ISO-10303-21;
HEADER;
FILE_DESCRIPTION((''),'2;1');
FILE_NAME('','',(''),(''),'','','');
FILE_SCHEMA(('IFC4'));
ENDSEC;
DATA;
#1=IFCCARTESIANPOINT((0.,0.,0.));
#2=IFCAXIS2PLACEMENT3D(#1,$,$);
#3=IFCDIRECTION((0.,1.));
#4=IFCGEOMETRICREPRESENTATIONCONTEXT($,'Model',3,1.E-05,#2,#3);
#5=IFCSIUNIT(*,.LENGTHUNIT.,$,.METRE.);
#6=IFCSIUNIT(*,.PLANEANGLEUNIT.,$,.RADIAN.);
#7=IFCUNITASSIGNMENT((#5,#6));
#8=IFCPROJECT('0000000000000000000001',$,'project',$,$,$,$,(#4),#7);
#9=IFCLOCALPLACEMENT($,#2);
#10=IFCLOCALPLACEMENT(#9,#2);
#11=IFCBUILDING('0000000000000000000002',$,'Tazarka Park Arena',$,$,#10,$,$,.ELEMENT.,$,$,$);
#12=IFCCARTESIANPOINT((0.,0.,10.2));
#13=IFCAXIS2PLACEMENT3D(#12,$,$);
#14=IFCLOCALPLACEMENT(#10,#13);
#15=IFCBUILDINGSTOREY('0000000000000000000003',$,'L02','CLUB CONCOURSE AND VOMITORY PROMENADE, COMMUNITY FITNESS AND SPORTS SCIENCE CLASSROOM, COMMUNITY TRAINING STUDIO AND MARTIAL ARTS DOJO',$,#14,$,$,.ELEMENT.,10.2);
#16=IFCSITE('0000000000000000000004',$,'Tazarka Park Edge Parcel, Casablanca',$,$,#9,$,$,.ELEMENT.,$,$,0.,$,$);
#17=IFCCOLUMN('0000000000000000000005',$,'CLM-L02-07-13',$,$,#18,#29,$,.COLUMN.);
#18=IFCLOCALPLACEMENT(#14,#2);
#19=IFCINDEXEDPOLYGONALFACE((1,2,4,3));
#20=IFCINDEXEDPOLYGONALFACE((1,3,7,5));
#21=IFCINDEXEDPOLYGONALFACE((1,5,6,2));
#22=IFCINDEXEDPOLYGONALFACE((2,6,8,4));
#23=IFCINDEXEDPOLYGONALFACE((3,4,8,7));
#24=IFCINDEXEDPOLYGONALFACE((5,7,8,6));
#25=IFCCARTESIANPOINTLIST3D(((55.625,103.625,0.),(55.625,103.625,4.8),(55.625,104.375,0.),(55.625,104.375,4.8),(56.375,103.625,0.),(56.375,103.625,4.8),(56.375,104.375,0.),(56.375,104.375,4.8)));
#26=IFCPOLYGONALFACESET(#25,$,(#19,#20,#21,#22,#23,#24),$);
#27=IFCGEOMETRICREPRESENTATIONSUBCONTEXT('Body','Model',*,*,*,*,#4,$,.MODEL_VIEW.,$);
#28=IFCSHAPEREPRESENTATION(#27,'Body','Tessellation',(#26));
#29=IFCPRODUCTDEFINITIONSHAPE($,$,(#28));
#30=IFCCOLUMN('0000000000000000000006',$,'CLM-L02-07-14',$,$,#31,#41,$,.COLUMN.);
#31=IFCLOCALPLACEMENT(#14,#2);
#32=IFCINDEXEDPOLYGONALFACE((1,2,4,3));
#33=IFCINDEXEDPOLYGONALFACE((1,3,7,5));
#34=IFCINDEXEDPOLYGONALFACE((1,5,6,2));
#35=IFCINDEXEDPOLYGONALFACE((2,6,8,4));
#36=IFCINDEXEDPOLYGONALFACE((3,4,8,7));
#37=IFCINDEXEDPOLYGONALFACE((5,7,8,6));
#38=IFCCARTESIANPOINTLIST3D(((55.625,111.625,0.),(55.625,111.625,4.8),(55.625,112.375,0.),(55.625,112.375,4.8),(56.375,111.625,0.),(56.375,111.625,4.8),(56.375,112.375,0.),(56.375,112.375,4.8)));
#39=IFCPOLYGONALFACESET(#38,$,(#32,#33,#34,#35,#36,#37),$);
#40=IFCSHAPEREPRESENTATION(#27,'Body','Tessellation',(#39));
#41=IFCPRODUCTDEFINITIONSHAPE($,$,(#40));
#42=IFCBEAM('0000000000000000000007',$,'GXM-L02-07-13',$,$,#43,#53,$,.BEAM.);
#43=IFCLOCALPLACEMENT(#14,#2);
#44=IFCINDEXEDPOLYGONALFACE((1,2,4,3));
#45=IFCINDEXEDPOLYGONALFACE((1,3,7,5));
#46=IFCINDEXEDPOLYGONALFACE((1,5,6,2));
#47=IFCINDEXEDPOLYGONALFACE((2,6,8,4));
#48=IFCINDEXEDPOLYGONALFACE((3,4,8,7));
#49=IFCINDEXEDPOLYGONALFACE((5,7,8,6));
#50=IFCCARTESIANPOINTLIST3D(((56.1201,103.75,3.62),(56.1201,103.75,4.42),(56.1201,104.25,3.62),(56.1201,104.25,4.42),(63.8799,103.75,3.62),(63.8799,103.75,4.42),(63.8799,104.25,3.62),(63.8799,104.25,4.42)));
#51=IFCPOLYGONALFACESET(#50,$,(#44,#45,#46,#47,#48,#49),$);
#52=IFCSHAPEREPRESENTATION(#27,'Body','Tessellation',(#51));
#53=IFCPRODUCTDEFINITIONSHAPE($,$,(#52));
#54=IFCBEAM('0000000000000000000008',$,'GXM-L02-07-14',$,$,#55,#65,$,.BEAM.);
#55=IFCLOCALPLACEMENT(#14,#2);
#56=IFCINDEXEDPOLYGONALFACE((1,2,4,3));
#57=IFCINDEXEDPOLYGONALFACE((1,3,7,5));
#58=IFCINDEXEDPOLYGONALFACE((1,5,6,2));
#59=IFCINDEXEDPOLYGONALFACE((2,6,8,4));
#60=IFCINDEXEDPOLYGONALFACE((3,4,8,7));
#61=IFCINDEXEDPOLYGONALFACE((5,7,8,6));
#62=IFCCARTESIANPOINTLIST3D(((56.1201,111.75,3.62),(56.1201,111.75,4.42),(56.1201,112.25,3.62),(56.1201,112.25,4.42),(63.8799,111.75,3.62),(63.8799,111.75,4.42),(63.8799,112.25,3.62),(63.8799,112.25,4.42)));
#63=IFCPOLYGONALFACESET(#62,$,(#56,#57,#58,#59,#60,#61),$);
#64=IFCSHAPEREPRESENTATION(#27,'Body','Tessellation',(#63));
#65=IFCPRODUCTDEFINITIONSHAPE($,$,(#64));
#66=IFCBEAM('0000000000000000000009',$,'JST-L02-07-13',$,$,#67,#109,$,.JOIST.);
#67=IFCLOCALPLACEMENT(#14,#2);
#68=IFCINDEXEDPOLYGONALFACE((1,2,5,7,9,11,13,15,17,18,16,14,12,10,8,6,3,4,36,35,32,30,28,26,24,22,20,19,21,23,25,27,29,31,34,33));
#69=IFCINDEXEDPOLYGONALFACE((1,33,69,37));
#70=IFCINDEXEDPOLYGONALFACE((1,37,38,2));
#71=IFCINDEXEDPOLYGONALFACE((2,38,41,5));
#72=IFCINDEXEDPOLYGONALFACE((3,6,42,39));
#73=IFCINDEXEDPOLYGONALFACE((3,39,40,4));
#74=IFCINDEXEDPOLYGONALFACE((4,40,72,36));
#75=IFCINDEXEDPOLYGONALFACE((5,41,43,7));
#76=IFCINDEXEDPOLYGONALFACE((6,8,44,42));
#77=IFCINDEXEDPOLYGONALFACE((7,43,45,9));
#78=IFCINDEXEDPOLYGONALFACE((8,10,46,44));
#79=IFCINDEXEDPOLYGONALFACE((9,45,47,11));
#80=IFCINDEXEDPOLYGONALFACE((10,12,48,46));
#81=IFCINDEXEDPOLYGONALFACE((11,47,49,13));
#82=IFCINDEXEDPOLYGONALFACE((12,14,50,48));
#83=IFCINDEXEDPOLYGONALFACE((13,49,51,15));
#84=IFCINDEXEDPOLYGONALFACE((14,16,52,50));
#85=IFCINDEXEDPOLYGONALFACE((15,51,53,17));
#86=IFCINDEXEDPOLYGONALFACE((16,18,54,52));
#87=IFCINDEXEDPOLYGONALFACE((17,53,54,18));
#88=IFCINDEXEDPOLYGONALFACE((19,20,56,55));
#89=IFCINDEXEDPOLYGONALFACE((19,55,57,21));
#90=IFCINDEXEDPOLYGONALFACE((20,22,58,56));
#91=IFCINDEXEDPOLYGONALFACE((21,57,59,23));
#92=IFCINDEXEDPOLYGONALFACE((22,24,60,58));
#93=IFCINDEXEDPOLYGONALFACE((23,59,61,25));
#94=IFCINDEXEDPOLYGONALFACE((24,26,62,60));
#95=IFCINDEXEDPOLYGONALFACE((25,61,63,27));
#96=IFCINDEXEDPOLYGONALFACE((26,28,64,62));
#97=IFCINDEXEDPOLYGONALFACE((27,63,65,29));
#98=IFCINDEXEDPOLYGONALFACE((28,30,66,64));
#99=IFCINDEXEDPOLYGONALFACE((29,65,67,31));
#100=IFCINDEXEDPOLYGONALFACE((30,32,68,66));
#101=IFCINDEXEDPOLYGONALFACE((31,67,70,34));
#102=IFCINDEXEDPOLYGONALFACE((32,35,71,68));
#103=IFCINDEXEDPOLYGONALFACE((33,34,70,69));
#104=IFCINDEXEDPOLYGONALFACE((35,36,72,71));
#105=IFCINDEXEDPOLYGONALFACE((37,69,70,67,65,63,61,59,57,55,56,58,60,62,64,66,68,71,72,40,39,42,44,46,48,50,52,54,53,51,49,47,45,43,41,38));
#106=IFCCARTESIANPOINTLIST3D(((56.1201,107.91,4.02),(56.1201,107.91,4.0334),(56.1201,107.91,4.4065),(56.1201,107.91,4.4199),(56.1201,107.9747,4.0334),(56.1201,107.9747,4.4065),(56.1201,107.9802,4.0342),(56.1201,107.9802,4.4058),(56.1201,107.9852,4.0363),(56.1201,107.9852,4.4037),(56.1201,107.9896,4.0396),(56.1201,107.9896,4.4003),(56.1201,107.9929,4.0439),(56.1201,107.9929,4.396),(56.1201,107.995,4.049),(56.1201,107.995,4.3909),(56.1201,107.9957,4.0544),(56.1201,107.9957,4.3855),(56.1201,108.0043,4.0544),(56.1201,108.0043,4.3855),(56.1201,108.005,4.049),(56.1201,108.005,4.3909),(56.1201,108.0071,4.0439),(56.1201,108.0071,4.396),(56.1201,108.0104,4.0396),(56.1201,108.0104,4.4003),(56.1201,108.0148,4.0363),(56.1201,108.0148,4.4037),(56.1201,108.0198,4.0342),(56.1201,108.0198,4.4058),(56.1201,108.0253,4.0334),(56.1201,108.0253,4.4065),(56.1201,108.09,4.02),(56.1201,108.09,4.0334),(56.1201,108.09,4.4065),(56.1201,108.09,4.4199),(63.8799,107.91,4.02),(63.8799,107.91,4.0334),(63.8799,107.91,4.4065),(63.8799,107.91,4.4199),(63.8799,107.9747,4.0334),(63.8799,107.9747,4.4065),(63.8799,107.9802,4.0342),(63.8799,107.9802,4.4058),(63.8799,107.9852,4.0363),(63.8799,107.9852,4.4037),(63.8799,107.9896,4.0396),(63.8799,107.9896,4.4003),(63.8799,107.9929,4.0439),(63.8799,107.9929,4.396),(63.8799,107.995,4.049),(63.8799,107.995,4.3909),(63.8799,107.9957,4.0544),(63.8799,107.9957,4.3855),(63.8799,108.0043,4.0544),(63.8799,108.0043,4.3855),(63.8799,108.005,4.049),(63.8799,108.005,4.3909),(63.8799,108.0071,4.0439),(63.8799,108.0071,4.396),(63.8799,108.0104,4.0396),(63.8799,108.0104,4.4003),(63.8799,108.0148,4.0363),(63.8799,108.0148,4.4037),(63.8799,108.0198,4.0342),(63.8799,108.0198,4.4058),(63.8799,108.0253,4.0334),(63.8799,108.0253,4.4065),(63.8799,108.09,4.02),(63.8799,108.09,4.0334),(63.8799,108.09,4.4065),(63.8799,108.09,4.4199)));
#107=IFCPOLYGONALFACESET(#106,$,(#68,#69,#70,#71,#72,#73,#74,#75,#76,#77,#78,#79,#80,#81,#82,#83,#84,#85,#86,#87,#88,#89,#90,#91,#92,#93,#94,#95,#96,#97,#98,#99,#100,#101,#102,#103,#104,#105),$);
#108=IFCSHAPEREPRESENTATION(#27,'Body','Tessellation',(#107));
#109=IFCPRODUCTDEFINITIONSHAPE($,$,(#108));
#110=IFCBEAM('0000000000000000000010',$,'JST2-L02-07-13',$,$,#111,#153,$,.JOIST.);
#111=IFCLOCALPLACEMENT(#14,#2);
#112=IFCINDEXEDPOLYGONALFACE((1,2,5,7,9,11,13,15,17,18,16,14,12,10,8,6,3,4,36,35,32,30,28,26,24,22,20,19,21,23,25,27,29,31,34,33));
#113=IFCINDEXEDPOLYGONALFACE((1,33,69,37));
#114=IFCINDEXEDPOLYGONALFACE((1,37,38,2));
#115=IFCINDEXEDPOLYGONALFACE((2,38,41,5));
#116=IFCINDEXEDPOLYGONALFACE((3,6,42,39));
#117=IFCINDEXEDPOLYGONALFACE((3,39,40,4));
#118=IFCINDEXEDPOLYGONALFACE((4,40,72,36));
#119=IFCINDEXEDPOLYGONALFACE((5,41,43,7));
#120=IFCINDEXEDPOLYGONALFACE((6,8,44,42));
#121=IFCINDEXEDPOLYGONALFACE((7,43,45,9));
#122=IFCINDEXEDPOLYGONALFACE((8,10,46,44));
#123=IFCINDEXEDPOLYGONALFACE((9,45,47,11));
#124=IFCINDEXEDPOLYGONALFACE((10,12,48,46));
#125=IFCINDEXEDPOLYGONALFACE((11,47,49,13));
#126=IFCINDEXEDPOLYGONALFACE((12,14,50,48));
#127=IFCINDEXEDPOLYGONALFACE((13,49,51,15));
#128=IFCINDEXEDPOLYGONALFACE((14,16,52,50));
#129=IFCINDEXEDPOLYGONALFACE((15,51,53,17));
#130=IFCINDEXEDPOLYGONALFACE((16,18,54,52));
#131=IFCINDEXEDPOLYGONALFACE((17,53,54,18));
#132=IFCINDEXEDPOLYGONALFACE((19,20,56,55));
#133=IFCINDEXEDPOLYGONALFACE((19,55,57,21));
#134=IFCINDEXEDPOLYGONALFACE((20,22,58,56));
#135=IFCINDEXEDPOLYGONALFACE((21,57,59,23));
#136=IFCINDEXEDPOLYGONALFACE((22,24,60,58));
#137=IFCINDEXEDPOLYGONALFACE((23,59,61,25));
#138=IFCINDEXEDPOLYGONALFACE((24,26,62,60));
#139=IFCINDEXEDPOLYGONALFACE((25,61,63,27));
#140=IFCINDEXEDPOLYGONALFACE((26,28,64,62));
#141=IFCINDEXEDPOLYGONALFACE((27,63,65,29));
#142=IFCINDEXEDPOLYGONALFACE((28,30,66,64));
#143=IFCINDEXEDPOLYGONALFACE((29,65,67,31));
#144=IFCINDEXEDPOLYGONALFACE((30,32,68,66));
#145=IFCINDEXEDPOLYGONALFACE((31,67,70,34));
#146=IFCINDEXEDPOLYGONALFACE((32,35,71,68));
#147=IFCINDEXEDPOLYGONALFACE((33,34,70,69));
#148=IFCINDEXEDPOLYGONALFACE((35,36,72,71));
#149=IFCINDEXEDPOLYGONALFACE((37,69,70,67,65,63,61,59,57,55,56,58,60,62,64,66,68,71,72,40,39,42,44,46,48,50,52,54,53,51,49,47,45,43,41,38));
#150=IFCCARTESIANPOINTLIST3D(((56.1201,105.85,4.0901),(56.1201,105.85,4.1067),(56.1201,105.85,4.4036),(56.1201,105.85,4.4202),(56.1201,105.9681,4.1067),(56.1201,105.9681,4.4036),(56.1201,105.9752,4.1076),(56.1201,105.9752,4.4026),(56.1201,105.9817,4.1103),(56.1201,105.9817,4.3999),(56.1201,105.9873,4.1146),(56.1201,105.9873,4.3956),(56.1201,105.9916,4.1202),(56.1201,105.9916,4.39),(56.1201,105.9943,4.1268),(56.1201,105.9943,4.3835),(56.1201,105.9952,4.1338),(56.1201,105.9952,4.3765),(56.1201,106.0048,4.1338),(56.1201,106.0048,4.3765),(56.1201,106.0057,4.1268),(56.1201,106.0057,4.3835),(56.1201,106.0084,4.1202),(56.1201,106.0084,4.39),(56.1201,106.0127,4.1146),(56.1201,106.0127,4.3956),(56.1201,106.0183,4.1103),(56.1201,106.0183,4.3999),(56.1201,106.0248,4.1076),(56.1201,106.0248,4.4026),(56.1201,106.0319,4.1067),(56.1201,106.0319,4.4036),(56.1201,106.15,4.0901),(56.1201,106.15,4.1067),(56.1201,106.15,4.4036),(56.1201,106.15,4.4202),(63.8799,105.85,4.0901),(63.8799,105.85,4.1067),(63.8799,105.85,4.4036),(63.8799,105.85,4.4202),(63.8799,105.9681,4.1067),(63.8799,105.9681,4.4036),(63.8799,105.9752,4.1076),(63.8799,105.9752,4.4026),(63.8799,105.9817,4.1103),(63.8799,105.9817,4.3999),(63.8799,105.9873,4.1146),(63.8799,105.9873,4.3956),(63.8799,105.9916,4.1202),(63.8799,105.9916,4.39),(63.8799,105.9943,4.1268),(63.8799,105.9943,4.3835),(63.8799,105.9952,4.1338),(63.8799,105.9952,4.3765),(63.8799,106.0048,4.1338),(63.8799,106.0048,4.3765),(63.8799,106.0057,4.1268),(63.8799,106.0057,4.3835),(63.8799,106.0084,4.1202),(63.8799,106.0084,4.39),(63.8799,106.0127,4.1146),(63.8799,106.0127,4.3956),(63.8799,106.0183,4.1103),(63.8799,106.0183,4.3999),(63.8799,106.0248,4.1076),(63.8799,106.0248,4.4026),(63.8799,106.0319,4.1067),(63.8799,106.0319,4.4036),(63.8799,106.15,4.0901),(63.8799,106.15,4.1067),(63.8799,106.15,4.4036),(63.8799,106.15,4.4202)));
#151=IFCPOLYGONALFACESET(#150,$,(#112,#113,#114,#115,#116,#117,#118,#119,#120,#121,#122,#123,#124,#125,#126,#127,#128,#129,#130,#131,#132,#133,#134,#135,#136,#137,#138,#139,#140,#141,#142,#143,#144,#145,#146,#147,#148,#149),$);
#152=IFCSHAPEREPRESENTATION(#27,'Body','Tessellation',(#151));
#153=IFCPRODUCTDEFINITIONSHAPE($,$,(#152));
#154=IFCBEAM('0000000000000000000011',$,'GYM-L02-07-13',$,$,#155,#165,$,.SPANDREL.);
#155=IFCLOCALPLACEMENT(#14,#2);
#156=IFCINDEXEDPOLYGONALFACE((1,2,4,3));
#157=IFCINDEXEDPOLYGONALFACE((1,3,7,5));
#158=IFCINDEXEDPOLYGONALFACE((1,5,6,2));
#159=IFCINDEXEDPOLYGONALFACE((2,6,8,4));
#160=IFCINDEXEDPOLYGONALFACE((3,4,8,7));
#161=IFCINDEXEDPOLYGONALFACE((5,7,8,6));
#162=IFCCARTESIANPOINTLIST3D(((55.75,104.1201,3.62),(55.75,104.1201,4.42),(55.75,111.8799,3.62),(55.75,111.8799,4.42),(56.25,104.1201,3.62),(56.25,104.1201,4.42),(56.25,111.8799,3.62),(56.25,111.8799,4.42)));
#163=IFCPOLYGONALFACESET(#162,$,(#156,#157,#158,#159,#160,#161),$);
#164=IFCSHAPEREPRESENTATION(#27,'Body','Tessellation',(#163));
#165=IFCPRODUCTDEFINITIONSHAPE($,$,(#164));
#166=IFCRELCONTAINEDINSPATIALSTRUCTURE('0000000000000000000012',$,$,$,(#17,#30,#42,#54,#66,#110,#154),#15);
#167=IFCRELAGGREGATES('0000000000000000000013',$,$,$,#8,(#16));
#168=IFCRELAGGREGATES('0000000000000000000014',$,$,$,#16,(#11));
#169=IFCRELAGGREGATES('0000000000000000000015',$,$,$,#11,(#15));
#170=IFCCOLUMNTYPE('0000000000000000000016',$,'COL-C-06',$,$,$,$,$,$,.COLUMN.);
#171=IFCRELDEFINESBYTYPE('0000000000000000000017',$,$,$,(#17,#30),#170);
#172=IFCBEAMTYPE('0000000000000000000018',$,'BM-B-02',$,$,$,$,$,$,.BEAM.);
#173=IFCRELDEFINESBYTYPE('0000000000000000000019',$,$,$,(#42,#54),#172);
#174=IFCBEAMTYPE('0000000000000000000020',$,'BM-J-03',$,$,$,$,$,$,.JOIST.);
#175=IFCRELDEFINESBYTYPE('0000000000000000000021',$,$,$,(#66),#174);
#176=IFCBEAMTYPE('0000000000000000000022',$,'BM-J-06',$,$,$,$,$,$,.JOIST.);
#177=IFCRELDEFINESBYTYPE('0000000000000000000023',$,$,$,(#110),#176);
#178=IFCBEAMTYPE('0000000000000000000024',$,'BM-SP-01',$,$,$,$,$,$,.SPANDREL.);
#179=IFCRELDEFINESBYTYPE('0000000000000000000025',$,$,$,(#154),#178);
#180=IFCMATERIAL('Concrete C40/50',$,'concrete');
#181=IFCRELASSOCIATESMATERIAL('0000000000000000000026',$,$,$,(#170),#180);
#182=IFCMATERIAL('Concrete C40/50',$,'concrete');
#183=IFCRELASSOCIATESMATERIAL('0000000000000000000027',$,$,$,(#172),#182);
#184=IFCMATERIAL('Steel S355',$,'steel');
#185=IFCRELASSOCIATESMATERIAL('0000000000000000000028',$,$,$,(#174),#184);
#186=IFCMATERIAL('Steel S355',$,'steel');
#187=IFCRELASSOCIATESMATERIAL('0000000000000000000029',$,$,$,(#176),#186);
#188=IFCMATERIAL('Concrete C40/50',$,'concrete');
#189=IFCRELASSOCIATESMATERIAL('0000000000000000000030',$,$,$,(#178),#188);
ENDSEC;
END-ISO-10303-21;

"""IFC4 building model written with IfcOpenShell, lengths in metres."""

from ifc_helpers import new_model, si_unit, direction, frame, origin, origin_2d, place, context, subcontext, project, spatial, rectangle, i_section, extrude, material, material_profile, profile_set, type_object, element, save


model = new_model("IFC4")

# Units and contexts
model_context = context("Model", 3, precision=1e-05, world=origin(), true_north=direction((0.0, 1.0)))
body_context = subcontext(model_context, "Body", "Model", "MODEL_VIEW")
ifc_project = project(units=[si_unit("LENGTHUNIT", "METRE"), si_unit("PLANEANGLEUNIT", "RADIAN")], contexts=[model_context])

# Site, building, storey
site_placement = place(None, origin())
site = spatial("IfcSite", under=ifc_project, at=site_placement, Name="Tazarka Park Edge Parcel, Casablanca", CompositionType="ELEMENT", RefElevation=0.0)
building_placement = place(site_placement, origin())
building = spatial("IfcBuilding", under=site, at=building_placement, Name="Tazarka Park Arena", CompositionType="ELEMENT")
storey_placement = place(building_placement, frame((0.0, 0.0, 10.2)))
storey = spatial("IfcBuildingStorey", under=building, at=storey_placement, Name="L02", Description="CLUB CONCOURSE AND VOMITORY PROMENADE, COMMUNITY FITNESS AND SPORTS SCIENCE CLASSROOM, COMMUNITY TRAINING STUDIO AND MARTIAL ARTS DOJO", CompositionType="ELEMENT", Elevation=10.2)

# Columns
ifc_material_1 = material(Name="Concrete C40/50", Category="concrete")
ifc_material_profile_1 = material_profile(ifc_material_1, rectangle(XDim=0.75, YDim=0.75, at=origin_2d()), Name="Concrete C40/50")
ifc_profile_set_1 = profile_set([ifc_material_profile_1], Name="Concrete C40/50")
column_type = type_object("IfcColumnType", Name="COL-C-06", PredefinedType="COLUMN", material=ifc_profile_set_1)
for number, where, z_axis, x_axis, name in (
    (1, (56.0, 104.0, 0.0), (0.0, 0.0, 1.0), (1.0, 0.0, 0.0), "CLM-L02-07-13"),
    (2, (56.0, 112.0, 0.0), (0.0, 0.0, 1.0), (1.0, 0.0, 0.0), "CLM-L02-07-14"),
):
    element("IfcColumn", number, at=place(storey_placement, frame(where, z_axis=z_axis, x_axis=x_axis)), inside=storey, type_object=column_type, Name=name, PredefinedType="COLUMN", context=body_context, shape_type="SweptSolid", body=[
        extrude(rectangle(XDim=0.75, YDim=0.75, at=origin_2d()), origin(), (0.0, 0.0, 1.0), 4.8),
    ])

# Beams
ifc_material_2 = material(Name="Concrete C40/50", Category="concrete")
ifc_material_profile_2 = material_profile(ifc_material_2, rectangle(XDim=0.5, YDim=0.8, at=origin_2d()), Name="Concrete C40/50")
ifc_profile_set_2 = profile_set([ifc_material_profile_2], Name="Concrete C40/50")
beam_type_1 = type_object("IfcBeamType", Name="BM-B-02", PredefinedType="BEAM", material=ifc_profile_set_2)
for number, where, z_axis, x_axis, name in (
    (3, (56.1201, 104.0, 4.02), (1.0, 0.0, 0.0), (0.0, 1.0, 0.0), "GXM-L02-07-13"),
    (4, (56.1201, 112.0, 4.02), (1.0, 0.0, 0.0), (0.0, 1.0, 0.0), "GXM-L02-07-14"),
):
    element("IfcBeam", number, at=place(storey_placement, frame(where, z_axis=z_axis, x_axis=x_axis)), inside=storey, type_object=beam_type_1, Name=name, PredefinedType="BEAM", context=body_context, shape_type="SweptSolid", body=[
        extrude(rectangle(XDim=0.5, YDim=0.8, at=origin_2d()), origin(), (0.0, 0.0, 1.0), 7.7598),
    ])
ifc_material_3 = material(Name="Steel S355", Category="steel")
ifc_material_profile_3 = material_profile(ifc_material_3, i_section(OverallWidth=0.1799, OverallDepth=0.3999, WebThickness=0.0085, FlangeThickness=0.0134, FilletRadius=0.021, at=origin_2d()), Name="Steel S355")
ifc_profile_set_3 = profile_set([ifc_material_profile_3], Name="Steel S355")
beam_type_2 = type_object("IfcBeamType", Name="BM-J-03", PredefinedType="JOIST", material=ifc_profile_set_3)
beam_1_placement = place(storey_placement, frame((56.1201, 108.0, 4.22), z_axis=(1.0, 0.0, 0.0), x_axis=(0.0, 1.0, 0.0)))
element("IfcBeam", 5, at=beam_1_placement, inside=storey, type_object=beam_type_2, Name="JST-L02-07-13", PredefinedType="JOIST", context=body_context, shape_type="SweptSolid", body=[
    extrude(i_section(OverallWidth=0.1799, OverallDepth=0.3999, WebThickness=0.0085, FlangeThickness=0.0134, FilletRadius=0.021, at=origin_2d()), origin(), (0.0, 0.0, 1.0), 7.7598),
])
ifc_material_4 = material(Name="Steel S355", Category="steel")
ifc_material_profile_4 = material_profile(ifc_material_4, i_section(OverallWidth=0.3, OverallDepth=0.3301, WebThickness=0.0095, FlangeThickness=0.0166, FilletRadius=0.0271, at=origin_2d()), Name="Steel S355")
ifc_profile_set_4 = profile_set([ifc_material_profile_4], Name="Steel S355")
beam_type_3 = type_object("IfcBeamType", Name="BM-J-06", PredefinedType="JOIST", material=ifc_profile_set_4)
beam_2_placement = place(storey_placement, frame((56.1201, 106.0, 4.2551), z_axis=(1.0, 0.0, 0.0), x_axis=(0.0, 1.0, 0.0)))
element("IfcBeam", 6, at=beam_2_placement, inside=storey, type_object=beam_type_3, Name="JST2-L02-07-13", PredefinedType="JOIST", context=body_context, shape_type="SweptSolid", body=[
    extrude(i_section(OverallWidth=0.3, OverallDepth=0.3301, WebThickness=0.0095, FlangeThickness=0.0166, FilletRadius=0.0271, at=origin_2d()), origin(), (0.0, 0.0, 1.0), 7.7598),
])
ifc_material_5 = material(Name="Concrete C40/50", Category="concrete")
ifc_material_profile_5 = material_profile(ifc_material_5, rectangle(XDim=0.5, YDim=0.8, at=origin_2d()), Name="Concrete C40/50")
ifc_profile_set_5 = profile_set([ifc_material_profile_5], Name="Concrete C40/50")
beam_type_4 = type_object("IfcBeamType", Name="BM-SP-01", PredefinedType="SPANDREL", material=ifc_profile_set_5)
beam_3_placement = place(storey_placement, frame((56.0, 104.1201, 4.02), z_axis=(0.0, 1.0, 0.0), x_axis=(-1.0, 0.0, 0.0)))
element("IfcBeam", 7, at=beam_3_placement, inside=storey, type_object=beam_type_4, Name="GYM-L02-07-13", PredefinedType="SPANDREL", context=body_context, shape_type="SweptSolid", body=[
    extrude(rectangle(XDim=0.5, YDim=0.8, at=origin_2d()), origin(), (0.0, 0.0, 1.0), 7.7598),
])

save(model, "model.ifc")
